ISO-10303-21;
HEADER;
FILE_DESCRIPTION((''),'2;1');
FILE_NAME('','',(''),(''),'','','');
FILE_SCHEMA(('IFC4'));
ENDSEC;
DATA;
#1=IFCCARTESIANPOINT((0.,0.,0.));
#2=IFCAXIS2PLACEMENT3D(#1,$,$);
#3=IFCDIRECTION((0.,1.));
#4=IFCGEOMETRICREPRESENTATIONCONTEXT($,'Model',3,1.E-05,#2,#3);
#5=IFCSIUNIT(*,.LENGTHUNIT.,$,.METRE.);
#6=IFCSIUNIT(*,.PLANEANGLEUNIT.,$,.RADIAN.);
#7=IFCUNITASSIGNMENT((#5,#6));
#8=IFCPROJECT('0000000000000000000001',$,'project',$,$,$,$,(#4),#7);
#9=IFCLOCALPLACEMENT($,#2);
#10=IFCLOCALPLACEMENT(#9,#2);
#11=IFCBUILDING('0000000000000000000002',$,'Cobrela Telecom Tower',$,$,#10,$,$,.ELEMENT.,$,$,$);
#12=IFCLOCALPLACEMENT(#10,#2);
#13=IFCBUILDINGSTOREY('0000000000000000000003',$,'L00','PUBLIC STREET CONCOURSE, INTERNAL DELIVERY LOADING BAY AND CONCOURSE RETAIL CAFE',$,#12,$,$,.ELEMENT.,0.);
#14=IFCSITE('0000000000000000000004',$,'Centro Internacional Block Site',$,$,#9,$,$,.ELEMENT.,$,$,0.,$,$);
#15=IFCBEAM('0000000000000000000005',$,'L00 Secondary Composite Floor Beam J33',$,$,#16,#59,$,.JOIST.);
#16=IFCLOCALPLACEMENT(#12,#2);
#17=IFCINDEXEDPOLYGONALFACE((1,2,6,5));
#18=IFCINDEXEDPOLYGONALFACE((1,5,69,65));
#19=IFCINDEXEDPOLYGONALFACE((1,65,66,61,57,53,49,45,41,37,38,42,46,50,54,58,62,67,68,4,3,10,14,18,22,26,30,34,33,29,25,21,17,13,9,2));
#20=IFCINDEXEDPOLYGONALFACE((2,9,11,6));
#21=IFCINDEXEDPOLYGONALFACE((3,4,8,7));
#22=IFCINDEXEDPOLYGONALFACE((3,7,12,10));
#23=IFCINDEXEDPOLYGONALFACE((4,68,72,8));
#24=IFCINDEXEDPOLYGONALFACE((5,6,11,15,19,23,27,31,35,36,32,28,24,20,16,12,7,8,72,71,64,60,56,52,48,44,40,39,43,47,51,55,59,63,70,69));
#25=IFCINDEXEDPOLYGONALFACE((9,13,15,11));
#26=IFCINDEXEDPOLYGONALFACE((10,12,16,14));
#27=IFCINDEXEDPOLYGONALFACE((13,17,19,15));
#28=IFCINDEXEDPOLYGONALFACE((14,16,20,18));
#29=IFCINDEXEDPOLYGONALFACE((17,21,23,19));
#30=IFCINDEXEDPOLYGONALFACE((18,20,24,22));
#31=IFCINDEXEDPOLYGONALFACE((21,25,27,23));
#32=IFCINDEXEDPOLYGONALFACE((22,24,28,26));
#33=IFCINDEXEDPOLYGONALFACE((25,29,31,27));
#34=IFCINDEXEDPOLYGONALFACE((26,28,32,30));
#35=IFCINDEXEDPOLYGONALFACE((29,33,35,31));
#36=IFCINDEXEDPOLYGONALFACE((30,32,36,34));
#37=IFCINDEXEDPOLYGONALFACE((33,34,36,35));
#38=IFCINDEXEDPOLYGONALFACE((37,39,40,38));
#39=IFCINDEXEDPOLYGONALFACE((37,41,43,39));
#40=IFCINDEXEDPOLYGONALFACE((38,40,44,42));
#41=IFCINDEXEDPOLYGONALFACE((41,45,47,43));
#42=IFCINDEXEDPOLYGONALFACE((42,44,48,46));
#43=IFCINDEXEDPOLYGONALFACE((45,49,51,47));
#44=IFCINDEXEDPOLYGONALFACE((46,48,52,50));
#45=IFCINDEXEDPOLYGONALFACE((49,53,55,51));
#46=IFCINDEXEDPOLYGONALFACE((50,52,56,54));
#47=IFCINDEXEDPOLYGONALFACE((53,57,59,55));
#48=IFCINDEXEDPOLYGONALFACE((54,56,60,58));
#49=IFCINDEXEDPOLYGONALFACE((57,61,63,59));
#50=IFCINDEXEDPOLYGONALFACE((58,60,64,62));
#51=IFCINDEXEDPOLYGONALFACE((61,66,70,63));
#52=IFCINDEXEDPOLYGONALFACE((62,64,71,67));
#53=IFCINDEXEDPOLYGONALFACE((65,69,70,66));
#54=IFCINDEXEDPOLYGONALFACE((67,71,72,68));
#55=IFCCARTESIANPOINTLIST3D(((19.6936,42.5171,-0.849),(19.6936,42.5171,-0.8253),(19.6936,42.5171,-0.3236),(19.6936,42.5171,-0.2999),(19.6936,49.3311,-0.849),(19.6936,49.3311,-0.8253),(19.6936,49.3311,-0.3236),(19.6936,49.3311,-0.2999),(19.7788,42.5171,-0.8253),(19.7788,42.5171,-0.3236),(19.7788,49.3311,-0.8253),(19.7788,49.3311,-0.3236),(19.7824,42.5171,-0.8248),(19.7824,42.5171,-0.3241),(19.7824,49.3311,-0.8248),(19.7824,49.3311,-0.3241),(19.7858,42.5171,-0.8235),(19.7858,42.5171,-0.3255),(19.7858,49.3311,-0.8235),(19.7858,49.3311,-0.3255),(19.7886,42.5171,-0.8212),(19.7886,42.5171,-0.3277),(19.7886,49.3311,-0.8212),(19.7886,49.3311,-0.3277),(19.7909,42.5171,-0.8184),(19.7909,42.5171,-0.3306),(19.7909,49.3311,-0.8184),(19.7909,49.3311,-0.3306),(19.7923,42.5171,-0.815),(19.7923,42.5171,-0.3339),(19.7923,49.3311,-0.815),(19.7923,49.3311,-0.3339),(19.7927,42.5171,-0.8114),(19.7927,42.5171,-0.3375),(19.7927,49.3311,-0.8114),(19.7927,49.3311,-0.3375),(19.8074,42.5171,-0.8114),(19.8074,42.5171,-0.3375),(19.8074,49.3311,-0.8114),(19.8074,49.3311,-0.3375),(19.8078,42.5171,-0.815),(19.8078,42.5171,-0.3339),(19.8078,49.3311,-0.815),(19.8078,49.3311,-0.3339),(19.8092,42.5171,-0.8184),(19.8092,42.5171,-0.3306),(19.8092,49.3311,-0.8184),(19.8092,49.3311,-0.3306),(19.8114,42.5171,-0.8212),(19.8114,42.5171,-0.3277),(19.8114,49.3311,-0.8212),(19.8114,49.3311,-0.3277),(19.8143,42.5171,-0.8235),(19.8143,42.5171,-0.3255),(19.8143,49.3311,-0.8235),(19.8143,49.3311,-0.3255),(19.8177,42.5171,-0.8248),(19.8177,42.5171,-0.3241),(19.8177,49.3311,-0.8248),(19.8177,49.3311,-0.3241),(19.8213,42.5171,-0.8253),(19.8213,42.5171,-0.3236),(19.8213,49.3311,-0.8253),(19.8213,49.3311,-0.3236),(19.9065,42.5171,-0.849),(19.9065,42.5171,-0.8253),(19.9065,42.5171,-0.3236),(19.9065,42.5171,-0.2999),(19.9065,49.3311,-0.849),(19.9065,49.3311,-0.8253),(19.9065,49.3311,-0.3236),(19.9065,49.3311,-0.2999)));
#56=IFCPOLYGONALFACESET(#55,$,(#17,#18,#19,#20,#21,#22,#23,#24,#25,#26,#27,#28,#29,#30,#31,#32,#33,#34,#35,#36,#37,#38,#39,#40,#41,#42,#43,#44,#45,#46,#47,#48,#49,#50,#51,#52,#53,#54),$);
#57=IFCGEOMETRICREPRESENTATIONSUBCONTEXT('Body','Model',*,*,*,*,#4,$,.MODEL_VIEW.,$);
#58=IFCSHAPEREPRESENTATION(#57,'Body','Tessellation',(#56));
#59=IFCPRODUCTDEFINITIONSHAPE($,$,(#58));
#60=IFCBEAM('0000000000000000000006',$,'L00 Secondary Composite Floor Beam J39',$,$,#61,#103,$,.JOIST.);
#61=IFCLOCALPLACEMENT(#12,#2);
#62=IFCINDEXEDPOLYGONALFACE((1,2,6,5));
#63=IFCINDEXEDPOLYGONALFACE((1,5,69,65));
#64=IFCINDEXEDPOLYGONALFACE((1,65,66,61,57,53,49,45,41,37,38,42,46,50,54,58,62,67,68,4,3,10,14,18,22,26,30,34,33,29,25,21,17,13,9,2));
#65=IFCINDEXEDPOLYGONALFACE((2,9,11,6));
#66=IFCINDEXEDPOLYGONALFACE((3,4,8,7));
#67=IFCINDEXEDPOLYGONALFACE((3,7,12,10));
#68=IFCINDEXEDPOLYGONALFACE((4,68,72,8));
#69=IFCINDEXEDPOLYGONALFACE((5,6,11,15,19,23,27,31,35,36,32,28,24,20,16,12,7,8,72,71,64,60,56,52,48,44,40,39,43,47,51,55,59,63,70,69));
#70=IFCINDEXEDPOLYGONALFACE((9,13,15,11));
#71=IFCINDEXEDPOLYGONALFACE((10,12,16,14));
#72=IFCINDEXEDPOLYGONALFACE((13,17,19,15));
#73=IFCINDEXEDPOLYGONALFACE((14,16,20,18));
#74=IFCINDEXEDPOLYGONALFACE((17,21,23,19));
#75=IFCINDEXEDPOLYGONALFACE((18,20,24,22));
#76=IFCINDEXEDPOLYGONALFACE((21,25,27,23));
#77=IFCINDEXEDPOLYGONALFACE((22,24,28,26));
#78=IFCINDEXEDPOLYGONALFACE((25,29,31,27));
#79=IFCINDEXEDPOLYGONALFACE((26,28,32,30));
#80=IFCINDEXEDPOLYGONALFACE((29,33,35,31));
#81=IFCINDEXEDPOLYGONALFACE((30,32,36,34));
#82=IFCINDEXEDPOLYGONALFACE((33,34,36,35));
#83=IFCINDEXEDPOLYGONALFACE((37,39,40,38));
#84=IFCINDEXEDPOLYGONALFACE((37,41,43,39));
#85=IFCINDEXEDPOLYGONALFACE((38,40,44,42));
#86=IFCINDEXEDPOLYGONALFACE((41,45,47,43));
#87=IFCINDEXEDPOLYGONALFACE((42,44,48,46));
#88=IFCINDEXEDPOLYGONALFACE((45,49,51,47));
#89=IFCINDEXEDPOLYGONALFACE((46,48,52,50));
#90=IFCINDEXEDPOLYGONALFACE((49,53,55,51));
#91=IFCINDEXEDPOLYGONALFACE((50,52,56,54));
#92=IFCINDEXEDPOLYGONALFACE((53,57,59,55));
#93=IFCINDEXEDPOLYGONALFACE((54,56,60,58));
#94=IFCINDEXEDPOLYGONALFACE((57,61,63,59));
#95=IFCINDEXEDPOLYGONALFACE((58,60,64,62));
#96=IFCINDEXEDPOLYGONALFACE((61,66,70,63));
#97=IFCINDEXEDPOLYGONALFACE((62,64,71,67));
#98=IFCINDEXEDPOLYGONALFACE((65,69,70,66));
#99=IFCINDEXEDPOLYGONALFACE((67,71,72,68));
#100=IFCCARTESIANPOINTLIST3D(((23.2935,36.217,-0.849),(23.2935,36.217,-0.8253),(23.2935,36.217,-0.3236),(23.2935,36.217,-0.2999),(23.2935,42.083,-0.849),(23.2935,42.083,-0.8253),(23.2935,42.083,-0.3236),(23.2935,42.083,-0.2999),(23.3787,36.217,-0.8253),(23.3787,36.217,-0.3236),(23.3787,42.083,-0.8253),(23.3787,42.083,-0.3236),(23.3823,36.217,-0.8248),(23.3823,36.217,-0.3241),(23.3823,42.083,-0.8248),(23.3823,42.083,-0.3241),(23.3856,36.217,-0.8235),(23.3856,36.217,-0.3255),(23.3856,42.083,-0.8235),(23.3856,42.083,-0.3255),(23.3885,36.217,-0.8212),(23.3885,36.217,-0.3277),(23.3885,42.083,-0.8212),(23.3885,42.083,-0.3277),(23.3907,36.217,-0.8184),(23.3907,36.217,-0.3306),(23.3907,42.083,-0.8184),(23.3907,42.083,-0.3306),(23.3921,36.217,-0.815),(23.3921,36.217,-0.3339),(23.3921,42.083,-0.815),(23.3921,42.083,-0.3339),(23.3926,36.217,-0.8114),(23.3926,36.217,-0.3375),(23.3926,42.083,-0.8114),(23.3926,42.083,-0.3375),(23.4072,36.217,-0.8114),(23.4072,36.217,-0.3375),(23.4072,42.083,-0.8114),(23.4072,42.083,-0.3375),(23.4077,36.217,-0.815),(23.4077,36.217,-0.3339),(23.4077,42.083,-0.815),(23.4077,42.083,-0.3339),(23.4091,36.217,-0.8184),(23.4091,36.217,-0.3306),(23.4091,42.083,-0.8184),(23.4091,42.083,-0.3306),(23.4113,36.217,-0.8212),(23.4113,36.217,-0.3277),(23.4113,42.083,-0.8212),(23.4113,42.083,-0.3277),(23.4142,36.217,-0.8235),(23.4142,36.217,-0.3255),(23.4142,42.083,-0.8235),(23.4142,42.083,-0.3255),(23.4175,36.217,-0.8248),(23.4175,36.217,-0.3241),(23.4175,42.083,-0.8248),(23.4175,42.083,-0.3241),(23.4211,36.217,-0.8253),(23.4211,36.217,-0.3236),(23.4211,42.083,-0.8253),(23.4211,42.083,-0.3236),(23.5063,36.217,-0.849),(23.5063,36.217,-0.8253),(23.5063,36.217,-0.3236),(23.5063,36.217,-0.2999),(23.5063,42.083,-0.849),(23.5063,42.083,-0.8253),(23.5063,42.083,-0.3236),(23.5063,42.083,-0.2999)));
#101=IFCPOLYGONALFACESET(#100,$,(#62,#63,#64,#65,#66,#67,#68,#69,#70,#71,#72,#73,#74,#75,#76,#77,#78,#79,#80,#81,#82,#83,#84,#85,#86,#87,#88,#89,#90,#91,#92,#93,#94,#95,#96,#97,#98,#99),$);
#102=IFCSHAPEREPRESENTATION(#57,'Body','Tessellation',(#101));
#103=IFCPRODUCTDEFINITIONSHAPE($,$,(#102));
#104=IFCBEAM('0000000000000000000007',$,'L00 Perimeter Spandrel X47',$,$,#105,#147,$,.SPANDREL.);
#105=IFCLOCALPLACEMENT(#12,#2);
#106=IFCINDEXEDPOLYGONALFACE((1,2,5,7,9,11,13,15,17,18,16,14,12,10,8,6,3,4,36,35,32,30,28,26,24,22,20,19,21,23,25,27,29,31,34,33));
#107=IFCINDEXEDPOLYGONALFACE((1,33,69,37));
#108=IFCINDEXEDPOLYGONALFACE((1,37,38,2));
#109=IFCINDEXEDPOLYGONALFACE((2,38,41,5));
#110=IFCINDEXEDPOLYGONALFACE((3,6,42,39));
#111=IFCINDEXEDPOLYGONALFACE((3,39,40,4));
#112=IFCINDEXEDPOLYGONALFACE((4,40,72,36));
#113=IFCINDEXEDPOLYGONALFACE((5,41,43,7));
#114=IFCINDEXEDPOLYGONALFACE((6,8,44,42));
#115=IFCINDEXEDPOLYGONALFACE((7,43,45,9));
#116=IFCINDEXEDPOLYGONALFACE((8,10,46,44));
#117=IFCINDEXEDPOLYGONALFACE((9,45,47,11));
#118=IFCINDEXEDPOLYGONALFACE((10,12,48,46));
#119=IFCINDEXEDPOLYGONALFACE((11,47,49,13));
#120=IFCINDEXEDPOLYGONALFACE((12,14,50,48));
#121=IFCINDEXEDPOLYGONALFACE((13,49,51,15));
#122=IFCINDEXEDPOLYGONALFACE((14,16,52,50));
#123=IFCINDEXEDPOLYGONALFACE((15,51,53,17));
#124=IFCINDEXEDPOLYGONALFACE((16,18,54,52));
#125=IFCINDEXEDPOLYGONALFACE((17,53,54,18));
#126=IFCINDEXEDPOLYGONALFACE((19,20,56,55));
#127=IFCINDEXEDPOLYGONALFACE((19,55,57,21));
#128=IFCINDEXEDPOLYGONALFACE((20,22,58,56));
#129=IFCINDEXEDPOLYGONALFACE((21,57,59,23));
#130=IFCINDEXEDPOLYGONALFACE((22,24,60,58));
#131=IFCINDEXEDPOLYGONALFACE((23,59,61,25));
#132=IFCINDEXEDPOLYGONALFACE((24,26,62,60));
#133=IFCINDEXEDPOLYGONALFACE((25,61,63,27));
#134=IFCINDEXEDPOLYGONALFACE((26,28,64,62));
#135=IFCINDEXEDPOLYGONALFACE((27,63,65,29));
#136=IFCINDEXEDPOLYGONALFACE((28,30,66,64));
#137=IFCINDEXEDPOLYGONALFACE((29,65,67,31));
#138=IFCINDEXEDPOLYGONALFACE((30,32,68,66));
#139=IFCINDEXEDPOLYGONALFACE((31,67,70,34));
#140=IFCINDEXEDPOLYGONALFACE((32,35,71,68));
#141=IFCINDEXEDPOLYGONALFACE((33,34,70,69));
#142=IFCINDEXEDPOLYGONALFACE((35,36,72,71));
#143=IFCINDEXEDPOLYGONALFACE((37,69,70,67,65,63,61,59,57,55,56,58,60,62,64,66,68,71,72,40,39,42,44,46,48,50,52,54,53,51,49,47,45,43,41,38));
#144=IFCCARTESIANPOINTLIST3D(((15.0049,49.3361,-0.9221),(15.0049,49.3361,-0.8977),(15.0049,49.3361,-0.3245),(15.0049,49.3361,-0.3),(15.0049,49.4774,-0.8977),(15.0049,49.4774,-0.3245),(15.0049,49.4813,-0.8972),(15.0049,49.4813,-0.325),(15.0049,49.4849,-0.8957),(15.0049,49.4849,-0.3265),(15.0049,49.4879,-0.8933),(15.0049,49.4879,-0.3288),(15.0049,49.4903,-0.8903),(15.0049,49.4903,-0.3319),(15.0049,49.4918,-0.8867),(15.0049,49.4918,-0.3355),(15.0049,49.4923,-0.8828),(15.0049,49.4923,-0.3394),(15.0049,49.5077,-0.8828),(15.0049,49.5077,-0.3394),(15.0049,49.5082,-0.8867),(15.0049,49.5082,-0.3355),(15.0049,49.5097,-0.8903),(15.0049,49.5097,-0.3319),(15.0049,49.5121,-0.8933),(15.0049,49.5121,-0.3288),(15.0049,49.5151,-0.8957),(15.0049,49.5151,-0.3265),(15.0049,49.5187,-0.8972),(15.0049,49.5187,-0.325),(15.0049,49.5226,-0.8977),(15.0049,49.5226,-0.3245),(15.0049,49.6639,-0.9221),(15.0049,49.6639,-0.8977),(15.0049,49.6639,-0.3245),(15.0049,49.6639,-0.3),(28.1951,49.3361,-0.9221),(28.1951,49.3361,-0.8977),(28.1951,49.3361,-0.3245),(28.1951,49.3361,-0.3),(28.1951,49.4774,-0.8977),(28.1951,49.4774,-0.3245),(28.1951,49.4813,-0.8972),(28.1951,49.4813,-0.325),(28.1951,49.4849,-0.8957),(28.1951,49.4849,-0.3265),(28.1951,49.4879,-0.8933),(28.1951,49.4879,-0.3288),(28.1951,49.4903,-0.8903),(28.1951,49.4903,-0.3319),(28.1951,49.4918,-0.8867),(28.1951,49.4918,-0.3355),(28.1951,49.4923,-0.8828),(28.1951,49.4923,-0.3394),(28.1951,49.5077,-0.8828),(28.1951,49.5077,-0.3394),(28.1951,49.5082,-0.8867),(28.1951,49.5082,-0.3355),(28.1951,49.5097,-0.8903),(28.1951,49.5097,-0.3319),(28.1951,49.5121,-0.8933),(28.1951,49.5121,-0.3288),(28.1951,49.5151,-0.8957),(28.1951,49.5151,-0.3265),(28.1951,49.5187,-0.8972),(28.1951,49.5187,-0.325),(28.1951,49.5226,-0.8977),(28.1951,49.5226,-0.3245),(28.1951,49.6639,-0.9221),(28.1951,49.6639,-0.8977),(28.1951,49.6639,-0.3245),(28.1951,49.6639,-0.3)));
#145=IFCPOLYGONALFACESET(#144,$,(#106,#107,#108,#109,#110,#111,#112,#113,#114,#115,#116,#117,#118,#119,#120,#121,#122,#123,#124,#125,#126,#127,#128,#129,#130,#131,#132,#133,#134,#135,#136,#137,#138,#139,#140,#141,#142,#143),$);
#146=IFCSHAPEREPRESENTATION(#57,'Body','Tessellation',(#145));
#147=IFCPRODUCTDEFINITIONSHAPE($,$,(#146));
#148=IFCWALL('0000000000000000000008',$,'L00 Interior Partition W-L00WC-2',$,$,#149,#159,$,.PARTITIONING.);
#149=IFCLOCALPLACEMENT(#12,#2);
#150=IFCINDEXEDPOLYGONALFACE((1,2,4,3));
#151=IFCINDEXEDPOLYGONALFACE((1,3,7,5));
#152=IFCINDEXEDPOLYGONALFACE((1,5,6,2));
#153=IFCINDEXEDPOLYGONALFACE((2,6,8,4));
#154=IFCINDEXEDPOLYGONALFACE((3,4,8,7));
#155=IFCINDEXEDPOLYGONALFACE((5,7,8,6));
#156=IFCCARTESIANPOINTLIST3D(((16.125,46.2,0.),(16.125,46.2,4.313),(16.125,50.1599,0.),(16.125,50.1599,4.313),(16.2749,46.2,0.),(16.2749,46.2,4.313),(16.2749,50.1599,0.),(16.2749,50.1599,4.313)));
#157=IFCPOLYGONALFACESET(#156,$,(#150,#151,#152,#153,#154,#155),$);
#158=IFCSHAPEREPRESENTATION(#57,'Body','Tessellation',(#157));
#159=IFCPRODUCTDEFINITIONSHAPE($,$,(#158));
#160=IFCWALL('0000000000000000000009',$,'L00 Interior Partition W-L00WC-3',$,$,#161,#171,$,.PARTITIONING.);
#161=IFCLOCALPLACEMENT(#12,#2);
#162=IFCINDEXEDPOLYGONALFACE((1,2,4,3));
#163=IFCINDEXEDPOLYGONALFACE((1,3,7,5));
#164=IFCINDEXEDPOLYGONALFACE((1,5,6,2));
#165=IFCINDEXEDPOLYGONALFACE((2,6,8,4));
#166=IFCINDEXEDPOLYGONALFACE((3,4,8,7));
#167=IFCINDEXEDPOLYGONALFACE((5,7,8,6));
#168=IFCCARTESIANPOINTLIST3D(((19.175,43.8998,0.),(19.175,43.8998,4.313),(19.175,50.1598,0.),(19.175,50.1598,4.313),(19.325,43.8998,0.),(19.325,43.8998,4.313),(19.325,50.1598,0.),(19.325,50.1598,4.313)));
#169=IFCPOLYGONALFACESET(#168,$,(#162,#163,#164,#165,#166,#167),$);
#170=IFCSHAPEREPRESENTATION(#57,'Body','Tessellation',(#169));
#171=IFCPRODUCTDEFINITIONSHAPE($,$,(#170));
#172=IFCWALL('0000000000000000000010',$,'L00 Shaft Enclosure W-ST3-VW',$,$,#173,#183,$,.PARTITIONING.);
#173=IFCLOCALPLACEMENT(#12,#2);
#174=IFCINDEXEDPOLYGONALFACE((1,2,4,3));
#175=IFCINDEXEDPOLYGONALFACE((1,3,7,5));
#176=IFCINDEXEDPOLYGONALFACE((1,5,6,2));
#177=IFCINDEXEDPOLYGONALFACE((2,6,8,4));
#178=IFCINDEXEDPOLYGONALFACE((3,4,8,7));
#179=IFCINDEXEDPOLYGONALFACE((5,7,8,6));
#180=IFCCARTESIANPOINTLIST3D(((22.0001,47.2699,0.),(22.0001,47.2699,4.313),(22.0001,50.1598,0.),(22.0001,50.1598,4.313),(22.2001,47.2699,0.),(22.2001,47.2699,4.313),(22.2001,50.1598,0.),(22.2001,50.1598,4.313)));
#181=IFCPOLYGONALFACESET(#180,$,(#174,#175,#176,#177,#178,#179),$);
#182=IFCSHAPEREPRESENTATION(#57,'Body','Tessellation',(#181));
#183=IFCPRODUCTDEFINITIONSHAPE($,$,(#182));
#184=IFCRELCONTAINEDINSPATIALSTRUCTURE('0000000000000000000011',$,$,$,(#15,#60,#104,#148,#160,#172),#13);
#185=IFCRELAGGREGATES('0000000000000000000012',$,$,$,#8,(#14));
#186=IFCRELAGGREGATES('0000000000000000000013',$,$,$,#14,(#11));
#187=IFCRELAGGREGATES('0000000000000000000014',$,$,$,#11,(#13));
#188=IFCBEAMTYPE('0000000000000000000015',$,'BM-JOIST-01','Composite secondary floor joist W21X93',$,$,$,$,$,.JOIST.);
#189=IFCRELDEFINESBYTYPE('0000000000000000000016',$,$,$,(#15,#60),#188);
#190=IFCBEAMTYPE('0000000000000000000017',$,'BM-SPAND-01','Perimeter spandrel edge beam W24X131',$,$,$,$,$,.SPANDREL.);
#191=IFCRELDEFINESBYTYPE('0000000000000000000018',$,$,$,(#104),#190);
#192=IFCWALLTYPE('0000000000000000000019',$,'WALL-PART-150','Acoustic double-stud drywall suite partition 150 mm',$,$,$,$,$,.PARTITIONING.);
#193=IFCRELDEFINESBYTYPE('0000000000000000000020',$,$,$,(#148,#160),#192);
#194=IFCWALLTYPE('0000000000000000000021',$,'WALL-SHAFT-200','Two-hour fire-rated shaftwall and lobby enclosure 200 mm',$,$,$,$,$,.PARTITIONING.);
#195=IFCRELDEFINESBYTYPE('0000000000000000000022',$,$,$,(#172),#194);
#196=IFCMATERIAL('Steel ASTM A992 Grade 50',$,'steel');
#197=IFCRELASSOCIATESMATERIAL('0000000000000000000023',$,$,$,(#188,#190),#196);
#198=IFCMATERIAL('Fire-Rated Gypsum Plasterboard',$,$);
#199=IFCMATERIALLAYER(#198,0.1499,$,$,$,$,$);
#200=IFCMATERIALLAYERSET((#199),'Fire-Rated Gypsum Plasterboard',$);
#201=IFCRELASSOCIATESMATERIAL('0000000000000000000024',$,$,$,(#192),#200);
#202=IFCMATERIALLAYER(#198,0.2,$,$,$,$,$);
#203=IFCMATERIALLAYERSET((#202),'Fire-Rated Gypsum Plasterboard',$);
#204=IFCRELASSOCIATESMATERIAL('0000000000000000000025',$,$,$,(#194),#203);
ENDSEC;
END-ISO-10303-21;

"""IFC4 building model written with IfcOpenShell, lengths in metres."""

from ifc_helpers import new_model, si_unit, direction, frame, frame_2d, origin, origin_2d, place, context, subcontext, project, spatial, rectangle, i_section, extrude, material, layer, layer_set, material_profile, profile_set, type_object, element, save


model = new_model("IFC4")

# Units and contexts
model_context = context("Model", 3, precision=1e-05, world=origin(), true_north=direction((0.0, 1.0)))
body_context = subcontext(model_context, "Body", "Model", "MODEL_VIEW")
ifc_project = project(units=[si_unit("LENGTHUNIT", "METRE"), si_unit("PLANEANGLEUNIT", "RADIAN")], contexts=[model_context])

# Site, building, storey
site_placement = place(None, origin())
site = spatial("IfcSite", under=ifc_project, at=site_placement, Name="Centro Internacional Block Site", CompositionType="ELEMENT", RefElevation=0.0)
building_placement = place(site_placement, origin())
building = spatial("IfcBuilding", under=site, at=building_placement, Name="Cobrela Telecom Tower", CompositionType="ELEMENT")
storey_placement = place(building_placement, origin())
storey = spatial("IfcBuildingStorey", under=building, at=storey_placement, Name="L00", Description="PUBLIC STREET CONCOURSE, INTERNAL DELIVERY LOADING BAY AND CONCOURSE RETAIL CAFE", CompositionType="ELEMENT", Elevation=0.0)

# Beams
ifc_material_1 = material(Name="Steel ASTM A992 Grade 50", Category="steel")
ifc_material_profile_1 = material_profile(ifc_material_1, i_section(OverallWidth=0.2129, OverallDepth=0.5491, WebThickness=0.0146, FlangeThickness=0.0237, FilletRadius=0.0139, at=origin_2d()), Name="W21X93")
ifc_profile_set_1 = profile_set([ifc_material_profile_1], Name="Steel ASTM A992 Grade 50")
beam_type_1 = type_object("IfcBeamType", Name="BM-JOIST-01", Description="Composite secondary floor joist W21X93", PredefinedType="JOIST", material=ifc_profile_set_1)
beam_1_placement = place(storey_placement, frame((19.8, 42.5171, -0.5745), z_axis=(0.0, 1.0, 0.0), x_axis=(-1.0, 0.0, 0.0)))
element("IfcBeam", 1, at=beam_1_placement, inside=storey, type_object=beam_type_1, Name="L00 Secondary Composite Floor Beam J33", PredefinedType="JOIST", context=body_context, shape_type="SweptSolid", body=[
    extrude(i_section(OverallWidth=0.2129, OverallDepth=0.5491, WebThickness=0.0146, FlangeThickness=0.0237, FilletRadius=0.0139, at=origin_2d()), origin(), (0.0, 0.0, 1.0), 6.814),
])
beam_2_placement = place(storey_placement, frame((23.3999, 36.217, -0.5745), z_axis=(0.0, 1.0, 0.0), x_axis=(-1.0, 0.0, 0.0)))
element("IfcBeam", 2, at=beam_2_placement, inside=storey, type_object=beam_type_1, Name="L00 Secondary Composite Floor Beam J39", PredefinedType="JOIST", context=body_context, shape_type="SweptSolid", body=[
    extrude(i_section(OverallWidth=0.2129, OverallDepth=0.5491, WebThickness=0.0146, FlangeThickness=0.0237, FilletRadius=0.0139, at=origin_2d()), origin(), (0.0, 0.0, 1.0), 5.866),
])
ifc_material_profile_2 = material_profile(ifc_material_1, i_section(OverallWidth=0.3279, OverallDepth=0.6221, WebThickness=0.0154, FlangeThickness=0.0244, FilletRadius=0.0149, at=origin_2d()), Name="W24X131")
ifc_profile_set_2 = profile_set([ifc_material_profile_2], Name="Steel ASTM A992 Grade 50")
beam_type_2 = type_object("IfcBeamType", Name="BM-SPAND-01", Description="Perimeter spandrel edge beam W24X131", PredefinedType="SPANDREL", material=ifc_profile_set_2)
beam_3_placement = place(storey_placement, frame((15.0049, 49.5, -0.6111), z_axis=(1.0, 0.0, 0.0), x_axis=(0.0, 1.0, 0.0)))
element("IfcBeam", 3, at=beam_3_placement, inside=storey, type_object=beam_type_2, Name="L00 Perimeter Spandrel X47", PredefinedType="SPANDREL", context=body_context, shape_type="SweptSolid", body=[
    extrude(i_section(OverallWidth=0.3279, OverallDepth=0.6221, WebThickness=0.0154, FlangeThickness=0.0244, FilletRadius=0.0149, at=origin_2d()), origin(), (0.0, 0.0, 1.0), 13.1902),
])

# Shared definitions
ifc_material_2 = material(Name="Fire-Rated Gypsum Plasterboard")
ifc_layer_1 = layer(ifc_material_2, 0.1499)
ifc_layer_set_1 = layer_set([ifc_layer_1], Name="Fire-Rated Gypsum Plasterboard")
wall_type_1 = type_object("IfcWallType", Name="WALL-PART-150", Description="Acoustic double-stud drywall suite partition 150 mm", PredefinedType="PARTITIONING", material=ifc_layer_set_1)

# Walls
wall_1_placement = place(storey_placement, frame((16.2, 46.2, 0.0), z_axis=(0.0, 0.0, 1.0), x_axis=(0.0, 1.0, 0.0)))
element("IfcWall", 4, at=wall_1_placement, inside=storey, type_object=wall_type_1, Name="L00 Interior Partition W-L00WC-2", PredefinedType="PARTITIONING", context=body_context, shape_type="SweptSolid", body=[
    extrude(rectangle(XDim=3.96, YDim=0.1499, at=frame_2d((1.98, 0.0))), origin(), (0.0, 0.0, 1.0), 4.313),
])
wall_2_placement = place(storey_placement, frame((19.25, 43.8999, 0.0), z_axis=(0.0, 0.0, 1.0), x_axis=(0.0, 1.0, 0.0)))
element("IfcWall", 5, at=wall_2_placement, inside=storey, type_object=wall_type_1, Name="L00 Interior Partition W-L00WC-3", PredefinedType="PARTITIONING", context=body_context, shape_type="SweptSolid", body=[
    extrude(rectangle(XDim=6.26, YDim=0.1499, at=frame_2d((3.1299, 0.0))), origin(), (0.0, 0.0, 1.0), 4.313),
])
ifc_layer_2 = layer(ifc_material_2, 0.2)
ifc_layer_set_2 = layer_set([ifc_layer_2], Name="Fire-Rated Gypsum Plasterboard")
wall_type_2 = type_object("IfcWallType", Name="WALL-SHAFT-200", Description="Two-hour fire-rated shaftwall and lobby enclosure 200 mm", PredefinedType="PARTITIONING", material=ifc_layer_set_2)
wall_3_placement = place(storey_placement, frame((22.1001, 47.27, 0.0), z_axis=(0.0, 0.0, 1.0), x_axis=(0.0, 1.0, 0.0)))
element("IfcWall", 6, at=wall_3_placement, inside=storey, type_object=wall_type_2, Name="L00 Shaft Enclosure W-ST3-VW", PredefinedType="PARTITIONING", context=body_context, shape_type="SweptSolid", body=[
    extrude(rectangle(XDim=2.8899, YDim=0.2, at=frame_2d((1.4448, 0.0))), origin(), (0.0, 0.0, 1.0), 4.313),
])

save(model, "model.ifc")
